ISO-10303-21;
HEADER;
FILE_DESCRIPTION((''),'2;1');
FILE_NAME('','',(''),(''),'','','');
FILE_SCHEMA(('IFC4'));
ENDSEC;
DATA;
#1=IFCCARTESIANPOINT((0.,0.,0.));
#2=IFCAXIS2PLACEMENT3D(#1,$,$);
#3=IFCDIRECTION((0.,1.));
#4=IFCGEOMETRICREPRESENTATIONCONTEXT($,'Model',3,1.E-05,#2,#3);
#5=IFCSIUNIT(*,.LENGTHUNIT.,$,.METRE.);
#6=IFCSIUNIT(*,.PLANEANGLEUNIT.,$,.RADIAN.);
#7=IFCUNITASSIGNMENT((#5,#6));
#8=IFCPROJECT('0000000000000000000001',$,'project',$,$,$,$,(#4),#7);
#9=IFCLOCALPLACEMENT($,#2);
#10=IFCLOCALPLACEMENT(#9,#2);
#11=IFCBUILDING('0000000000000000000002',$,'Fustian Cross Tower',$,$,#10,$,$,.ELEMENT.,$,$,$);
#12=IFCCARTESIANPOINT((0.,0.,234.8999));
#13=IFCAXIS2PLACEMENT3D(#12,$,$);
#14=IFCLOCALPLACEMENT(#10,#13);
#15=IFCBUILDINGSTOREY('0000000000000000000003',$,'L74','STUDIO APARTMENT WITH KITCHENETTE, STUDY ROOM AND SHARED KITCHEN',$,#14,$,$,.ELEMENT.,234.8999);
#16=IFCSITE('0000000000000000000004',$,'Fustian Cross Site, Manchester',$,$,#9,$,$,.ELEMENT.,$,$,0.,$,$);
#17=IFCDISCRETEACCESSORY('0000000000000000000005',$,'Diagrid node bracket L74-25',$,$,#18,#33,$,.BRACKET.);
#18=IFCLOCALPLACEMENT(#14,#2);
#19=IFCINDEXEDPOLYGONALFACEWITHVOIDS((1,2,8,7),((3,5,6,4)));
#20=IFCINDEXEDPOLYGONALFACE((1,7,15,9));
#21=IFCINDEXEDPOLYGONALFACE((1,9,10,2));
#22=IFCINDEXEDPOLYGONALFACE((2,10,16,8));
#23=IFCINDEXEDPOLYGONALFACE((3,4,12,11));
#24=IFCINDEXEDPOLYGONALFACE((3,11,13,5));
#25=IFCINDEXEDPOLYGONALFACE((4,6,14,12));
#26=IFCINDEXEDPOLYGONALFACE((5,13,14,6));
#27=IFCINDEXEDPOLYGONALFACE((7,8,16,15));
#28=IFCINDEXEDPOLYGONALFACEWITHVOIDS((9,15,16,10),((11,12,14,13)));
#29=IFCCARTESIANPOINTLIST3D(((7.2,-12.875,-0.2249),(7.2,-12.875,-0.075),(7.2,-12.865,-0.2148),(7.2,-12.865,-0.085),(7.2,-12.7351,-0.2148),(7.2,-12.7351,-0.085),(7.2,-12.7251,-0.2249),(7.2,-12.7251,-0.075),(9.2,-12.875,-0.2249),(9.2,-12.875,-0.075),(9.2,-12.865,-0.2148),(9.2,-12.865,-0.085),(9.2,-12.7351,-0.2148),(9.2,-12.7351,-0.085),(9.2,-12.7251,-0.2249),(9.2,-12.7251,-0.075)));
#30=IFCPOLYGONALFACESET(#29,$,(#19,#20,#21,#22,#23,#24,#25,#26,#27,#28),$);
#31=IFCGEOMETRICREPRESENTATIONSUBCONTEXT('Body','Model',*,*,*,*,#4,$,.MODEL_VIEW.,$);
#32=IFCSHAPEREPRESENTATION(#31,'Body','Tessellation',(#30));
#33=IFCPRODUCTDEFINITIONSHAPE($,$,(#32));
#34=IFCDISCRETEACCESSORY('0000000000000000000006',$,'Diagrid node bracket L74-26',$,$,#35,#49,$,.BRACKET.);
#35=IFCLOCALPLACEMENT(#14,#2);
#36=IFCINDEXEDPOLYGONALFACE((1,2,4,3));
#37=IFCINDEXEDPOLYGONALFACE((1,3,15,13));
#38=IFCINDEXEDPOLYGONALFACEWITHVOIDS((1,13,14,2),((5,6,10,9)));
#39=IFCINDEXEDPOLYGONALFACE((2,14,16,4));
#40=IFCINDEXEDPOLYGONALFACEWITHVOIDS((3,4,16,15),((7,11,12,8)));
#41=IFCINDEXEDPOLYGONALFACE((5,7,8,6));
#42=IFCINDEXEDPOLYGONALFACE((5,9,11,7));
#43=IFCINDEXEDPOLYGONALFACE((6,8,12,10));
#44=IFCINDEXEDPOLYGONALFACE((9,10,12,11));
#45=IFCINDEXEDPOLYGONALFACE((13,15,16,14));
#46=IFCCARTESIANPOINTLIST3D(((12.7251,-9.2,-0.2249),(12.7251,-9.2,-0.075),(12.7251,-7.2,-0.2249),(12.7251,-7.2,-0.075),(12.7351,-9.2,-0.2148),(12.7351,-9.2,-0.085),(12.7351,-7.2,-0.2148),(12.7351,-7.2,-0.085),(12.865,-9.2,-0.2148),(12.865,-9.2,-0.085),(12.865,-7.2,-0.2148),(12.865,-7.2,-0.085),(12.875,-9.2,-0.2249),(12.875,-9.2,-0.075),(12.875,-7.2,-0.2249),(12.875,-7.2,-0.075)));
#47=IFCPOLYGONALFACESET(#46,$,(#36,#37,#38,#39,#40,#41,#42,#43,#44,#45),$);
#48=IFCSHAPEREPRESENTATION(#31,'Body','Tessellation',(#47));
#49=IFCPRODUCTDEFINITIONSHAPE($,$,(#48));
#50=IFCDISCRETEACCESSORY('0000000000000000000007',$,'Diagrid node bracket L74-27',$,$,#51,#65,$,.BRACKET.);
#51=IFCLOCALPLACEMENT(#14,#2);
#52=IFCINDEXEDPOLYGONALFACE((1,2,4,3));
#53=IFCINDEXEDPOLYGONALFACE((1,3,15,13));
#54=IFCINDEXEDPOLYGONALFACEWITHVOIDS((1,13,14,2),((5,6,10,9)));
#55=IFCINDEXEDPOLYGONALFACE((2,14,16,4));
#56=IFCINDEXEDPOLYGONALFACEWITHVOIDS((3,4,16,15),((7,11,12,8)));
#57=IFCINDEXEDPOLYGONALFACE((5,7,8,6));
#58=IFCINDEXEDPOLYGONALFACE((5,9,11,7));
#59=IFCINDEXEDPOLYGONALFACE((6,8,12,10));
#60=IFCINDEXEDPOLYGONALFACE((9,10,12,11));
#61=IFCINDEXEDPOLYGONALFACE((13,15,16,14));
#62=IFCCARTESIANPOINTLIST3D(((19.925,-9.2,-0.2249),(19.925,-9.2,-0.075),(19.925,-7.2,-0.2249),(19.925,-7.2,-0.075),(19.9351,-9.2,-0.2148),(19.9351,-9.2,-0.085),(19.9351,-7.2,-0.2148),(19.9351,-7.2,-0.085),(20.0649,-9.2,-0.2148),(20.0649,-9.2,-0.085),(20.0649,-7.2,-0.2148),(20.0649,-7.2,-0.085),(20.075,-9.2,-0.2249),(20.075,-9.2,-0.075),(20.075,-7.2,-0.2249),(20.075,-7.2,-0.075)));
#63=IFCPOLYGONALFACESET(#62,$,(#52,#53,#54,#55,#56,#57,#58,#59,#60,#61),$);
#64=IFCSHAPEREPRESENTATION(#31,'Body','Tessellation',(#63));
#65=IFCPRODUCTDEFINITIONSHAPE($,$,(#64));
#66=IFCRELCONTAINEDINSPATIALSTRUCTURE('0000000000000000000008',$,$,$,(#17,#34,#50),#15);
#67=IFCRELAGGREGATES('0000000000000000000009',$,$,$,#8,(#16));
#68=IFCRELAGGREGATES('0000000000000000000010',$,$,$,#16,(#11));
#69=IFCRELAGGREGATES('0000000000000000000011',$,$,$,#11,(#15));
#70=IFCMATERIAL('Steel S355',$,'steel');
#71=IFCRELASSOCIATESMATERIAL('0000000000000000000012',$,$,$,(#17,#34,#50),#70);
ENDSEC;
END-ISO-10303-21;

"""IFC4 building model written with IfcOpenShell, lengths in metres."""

from ifc_helpers import new_model, si_unit, direction, frame, origin, origin_2d, place, context, subcontext, project, spatial, hollow_rectangle, extrude, material, element, save


model = new_model("IFC4")

# Units and contexts
model_context = context("Model", 3, precision=1e-05, world=origin(), true_north=direction((0.0, 1.0)))
body_context = subcontext(model_context, "Body", "Model", "MODEL_VIEW")
ifc_project = project(units=[si_unit("LENGTHUNIT", "METRE"), si_unit("PLANEANGLEUNIT", "RADIAN")], contexts=[model_context])

# Site, building, storey
site_placement = place(None, origin())
site = spatial("IfcSite", under=ifc_project, at=site_placement, Name="Fustian Cross Site, Manchester", CompositionType="ELEMENT", RefElevation=0.0)
building_placement = place(site_placement, origin())
building = spatial("IfcBuilding", under=site, at=building_placement, Name="Fustian Cross Tower", CompositionType="ELEMENT")
storey_placement = place(building_placement, frame((0.0, 0.0, 234.8999)))
storey = spatial("IfcBuildingStorey", under=building, at=storey_placement, Name="L74", Description="STUDIO APARTMENT WITH KITCHENETTE, STUDY ROOM AND SHARED KITCHEN", CompositionType="ELEMENT", Elevation=234.8999)

# Discrete accessories
ifc_material_1 = material(Name="Steel S355", Category="steel")
for number, where, z_axis, x_axis, name in (
    (1, (9.2, -12.8, -0.1499), (-1.0, 0.0, 0.0), (0.0, -1.0, 0.0), "Diagrid node bracket L74-25"),
    (2, (12.8, -9.2, -0.1499), (0.0, 1.0, 0.0), (-1.0, 0.0, 0.0), "Diagrid node bracket L74-26"),
    (3, (20.0, -9.2, -0.1499), (0.0, 1.0, 0.0), (-1.0, 0.0, 0.0), "Diagrid node bracket L74-27"),
):
    element("IfcDiscreteAccessory", number, at=place(storey_placement, frame(where, z_axis=z_axis, x_axis=x_axis)), inside=storey, material=ifc_material_1, Name=name, PredefinedType="BRACKET", context=body_context, shape_type="SweptSolid", body=[
        extrude(hollow_rectangle(XDim=0.1499, YDim=0.1499, WallThickness=0.01, at=origin_2d()), origin(), (0.0, 0.0, 1.0), 2.0),
    ])

save(model, "model.ifc")
